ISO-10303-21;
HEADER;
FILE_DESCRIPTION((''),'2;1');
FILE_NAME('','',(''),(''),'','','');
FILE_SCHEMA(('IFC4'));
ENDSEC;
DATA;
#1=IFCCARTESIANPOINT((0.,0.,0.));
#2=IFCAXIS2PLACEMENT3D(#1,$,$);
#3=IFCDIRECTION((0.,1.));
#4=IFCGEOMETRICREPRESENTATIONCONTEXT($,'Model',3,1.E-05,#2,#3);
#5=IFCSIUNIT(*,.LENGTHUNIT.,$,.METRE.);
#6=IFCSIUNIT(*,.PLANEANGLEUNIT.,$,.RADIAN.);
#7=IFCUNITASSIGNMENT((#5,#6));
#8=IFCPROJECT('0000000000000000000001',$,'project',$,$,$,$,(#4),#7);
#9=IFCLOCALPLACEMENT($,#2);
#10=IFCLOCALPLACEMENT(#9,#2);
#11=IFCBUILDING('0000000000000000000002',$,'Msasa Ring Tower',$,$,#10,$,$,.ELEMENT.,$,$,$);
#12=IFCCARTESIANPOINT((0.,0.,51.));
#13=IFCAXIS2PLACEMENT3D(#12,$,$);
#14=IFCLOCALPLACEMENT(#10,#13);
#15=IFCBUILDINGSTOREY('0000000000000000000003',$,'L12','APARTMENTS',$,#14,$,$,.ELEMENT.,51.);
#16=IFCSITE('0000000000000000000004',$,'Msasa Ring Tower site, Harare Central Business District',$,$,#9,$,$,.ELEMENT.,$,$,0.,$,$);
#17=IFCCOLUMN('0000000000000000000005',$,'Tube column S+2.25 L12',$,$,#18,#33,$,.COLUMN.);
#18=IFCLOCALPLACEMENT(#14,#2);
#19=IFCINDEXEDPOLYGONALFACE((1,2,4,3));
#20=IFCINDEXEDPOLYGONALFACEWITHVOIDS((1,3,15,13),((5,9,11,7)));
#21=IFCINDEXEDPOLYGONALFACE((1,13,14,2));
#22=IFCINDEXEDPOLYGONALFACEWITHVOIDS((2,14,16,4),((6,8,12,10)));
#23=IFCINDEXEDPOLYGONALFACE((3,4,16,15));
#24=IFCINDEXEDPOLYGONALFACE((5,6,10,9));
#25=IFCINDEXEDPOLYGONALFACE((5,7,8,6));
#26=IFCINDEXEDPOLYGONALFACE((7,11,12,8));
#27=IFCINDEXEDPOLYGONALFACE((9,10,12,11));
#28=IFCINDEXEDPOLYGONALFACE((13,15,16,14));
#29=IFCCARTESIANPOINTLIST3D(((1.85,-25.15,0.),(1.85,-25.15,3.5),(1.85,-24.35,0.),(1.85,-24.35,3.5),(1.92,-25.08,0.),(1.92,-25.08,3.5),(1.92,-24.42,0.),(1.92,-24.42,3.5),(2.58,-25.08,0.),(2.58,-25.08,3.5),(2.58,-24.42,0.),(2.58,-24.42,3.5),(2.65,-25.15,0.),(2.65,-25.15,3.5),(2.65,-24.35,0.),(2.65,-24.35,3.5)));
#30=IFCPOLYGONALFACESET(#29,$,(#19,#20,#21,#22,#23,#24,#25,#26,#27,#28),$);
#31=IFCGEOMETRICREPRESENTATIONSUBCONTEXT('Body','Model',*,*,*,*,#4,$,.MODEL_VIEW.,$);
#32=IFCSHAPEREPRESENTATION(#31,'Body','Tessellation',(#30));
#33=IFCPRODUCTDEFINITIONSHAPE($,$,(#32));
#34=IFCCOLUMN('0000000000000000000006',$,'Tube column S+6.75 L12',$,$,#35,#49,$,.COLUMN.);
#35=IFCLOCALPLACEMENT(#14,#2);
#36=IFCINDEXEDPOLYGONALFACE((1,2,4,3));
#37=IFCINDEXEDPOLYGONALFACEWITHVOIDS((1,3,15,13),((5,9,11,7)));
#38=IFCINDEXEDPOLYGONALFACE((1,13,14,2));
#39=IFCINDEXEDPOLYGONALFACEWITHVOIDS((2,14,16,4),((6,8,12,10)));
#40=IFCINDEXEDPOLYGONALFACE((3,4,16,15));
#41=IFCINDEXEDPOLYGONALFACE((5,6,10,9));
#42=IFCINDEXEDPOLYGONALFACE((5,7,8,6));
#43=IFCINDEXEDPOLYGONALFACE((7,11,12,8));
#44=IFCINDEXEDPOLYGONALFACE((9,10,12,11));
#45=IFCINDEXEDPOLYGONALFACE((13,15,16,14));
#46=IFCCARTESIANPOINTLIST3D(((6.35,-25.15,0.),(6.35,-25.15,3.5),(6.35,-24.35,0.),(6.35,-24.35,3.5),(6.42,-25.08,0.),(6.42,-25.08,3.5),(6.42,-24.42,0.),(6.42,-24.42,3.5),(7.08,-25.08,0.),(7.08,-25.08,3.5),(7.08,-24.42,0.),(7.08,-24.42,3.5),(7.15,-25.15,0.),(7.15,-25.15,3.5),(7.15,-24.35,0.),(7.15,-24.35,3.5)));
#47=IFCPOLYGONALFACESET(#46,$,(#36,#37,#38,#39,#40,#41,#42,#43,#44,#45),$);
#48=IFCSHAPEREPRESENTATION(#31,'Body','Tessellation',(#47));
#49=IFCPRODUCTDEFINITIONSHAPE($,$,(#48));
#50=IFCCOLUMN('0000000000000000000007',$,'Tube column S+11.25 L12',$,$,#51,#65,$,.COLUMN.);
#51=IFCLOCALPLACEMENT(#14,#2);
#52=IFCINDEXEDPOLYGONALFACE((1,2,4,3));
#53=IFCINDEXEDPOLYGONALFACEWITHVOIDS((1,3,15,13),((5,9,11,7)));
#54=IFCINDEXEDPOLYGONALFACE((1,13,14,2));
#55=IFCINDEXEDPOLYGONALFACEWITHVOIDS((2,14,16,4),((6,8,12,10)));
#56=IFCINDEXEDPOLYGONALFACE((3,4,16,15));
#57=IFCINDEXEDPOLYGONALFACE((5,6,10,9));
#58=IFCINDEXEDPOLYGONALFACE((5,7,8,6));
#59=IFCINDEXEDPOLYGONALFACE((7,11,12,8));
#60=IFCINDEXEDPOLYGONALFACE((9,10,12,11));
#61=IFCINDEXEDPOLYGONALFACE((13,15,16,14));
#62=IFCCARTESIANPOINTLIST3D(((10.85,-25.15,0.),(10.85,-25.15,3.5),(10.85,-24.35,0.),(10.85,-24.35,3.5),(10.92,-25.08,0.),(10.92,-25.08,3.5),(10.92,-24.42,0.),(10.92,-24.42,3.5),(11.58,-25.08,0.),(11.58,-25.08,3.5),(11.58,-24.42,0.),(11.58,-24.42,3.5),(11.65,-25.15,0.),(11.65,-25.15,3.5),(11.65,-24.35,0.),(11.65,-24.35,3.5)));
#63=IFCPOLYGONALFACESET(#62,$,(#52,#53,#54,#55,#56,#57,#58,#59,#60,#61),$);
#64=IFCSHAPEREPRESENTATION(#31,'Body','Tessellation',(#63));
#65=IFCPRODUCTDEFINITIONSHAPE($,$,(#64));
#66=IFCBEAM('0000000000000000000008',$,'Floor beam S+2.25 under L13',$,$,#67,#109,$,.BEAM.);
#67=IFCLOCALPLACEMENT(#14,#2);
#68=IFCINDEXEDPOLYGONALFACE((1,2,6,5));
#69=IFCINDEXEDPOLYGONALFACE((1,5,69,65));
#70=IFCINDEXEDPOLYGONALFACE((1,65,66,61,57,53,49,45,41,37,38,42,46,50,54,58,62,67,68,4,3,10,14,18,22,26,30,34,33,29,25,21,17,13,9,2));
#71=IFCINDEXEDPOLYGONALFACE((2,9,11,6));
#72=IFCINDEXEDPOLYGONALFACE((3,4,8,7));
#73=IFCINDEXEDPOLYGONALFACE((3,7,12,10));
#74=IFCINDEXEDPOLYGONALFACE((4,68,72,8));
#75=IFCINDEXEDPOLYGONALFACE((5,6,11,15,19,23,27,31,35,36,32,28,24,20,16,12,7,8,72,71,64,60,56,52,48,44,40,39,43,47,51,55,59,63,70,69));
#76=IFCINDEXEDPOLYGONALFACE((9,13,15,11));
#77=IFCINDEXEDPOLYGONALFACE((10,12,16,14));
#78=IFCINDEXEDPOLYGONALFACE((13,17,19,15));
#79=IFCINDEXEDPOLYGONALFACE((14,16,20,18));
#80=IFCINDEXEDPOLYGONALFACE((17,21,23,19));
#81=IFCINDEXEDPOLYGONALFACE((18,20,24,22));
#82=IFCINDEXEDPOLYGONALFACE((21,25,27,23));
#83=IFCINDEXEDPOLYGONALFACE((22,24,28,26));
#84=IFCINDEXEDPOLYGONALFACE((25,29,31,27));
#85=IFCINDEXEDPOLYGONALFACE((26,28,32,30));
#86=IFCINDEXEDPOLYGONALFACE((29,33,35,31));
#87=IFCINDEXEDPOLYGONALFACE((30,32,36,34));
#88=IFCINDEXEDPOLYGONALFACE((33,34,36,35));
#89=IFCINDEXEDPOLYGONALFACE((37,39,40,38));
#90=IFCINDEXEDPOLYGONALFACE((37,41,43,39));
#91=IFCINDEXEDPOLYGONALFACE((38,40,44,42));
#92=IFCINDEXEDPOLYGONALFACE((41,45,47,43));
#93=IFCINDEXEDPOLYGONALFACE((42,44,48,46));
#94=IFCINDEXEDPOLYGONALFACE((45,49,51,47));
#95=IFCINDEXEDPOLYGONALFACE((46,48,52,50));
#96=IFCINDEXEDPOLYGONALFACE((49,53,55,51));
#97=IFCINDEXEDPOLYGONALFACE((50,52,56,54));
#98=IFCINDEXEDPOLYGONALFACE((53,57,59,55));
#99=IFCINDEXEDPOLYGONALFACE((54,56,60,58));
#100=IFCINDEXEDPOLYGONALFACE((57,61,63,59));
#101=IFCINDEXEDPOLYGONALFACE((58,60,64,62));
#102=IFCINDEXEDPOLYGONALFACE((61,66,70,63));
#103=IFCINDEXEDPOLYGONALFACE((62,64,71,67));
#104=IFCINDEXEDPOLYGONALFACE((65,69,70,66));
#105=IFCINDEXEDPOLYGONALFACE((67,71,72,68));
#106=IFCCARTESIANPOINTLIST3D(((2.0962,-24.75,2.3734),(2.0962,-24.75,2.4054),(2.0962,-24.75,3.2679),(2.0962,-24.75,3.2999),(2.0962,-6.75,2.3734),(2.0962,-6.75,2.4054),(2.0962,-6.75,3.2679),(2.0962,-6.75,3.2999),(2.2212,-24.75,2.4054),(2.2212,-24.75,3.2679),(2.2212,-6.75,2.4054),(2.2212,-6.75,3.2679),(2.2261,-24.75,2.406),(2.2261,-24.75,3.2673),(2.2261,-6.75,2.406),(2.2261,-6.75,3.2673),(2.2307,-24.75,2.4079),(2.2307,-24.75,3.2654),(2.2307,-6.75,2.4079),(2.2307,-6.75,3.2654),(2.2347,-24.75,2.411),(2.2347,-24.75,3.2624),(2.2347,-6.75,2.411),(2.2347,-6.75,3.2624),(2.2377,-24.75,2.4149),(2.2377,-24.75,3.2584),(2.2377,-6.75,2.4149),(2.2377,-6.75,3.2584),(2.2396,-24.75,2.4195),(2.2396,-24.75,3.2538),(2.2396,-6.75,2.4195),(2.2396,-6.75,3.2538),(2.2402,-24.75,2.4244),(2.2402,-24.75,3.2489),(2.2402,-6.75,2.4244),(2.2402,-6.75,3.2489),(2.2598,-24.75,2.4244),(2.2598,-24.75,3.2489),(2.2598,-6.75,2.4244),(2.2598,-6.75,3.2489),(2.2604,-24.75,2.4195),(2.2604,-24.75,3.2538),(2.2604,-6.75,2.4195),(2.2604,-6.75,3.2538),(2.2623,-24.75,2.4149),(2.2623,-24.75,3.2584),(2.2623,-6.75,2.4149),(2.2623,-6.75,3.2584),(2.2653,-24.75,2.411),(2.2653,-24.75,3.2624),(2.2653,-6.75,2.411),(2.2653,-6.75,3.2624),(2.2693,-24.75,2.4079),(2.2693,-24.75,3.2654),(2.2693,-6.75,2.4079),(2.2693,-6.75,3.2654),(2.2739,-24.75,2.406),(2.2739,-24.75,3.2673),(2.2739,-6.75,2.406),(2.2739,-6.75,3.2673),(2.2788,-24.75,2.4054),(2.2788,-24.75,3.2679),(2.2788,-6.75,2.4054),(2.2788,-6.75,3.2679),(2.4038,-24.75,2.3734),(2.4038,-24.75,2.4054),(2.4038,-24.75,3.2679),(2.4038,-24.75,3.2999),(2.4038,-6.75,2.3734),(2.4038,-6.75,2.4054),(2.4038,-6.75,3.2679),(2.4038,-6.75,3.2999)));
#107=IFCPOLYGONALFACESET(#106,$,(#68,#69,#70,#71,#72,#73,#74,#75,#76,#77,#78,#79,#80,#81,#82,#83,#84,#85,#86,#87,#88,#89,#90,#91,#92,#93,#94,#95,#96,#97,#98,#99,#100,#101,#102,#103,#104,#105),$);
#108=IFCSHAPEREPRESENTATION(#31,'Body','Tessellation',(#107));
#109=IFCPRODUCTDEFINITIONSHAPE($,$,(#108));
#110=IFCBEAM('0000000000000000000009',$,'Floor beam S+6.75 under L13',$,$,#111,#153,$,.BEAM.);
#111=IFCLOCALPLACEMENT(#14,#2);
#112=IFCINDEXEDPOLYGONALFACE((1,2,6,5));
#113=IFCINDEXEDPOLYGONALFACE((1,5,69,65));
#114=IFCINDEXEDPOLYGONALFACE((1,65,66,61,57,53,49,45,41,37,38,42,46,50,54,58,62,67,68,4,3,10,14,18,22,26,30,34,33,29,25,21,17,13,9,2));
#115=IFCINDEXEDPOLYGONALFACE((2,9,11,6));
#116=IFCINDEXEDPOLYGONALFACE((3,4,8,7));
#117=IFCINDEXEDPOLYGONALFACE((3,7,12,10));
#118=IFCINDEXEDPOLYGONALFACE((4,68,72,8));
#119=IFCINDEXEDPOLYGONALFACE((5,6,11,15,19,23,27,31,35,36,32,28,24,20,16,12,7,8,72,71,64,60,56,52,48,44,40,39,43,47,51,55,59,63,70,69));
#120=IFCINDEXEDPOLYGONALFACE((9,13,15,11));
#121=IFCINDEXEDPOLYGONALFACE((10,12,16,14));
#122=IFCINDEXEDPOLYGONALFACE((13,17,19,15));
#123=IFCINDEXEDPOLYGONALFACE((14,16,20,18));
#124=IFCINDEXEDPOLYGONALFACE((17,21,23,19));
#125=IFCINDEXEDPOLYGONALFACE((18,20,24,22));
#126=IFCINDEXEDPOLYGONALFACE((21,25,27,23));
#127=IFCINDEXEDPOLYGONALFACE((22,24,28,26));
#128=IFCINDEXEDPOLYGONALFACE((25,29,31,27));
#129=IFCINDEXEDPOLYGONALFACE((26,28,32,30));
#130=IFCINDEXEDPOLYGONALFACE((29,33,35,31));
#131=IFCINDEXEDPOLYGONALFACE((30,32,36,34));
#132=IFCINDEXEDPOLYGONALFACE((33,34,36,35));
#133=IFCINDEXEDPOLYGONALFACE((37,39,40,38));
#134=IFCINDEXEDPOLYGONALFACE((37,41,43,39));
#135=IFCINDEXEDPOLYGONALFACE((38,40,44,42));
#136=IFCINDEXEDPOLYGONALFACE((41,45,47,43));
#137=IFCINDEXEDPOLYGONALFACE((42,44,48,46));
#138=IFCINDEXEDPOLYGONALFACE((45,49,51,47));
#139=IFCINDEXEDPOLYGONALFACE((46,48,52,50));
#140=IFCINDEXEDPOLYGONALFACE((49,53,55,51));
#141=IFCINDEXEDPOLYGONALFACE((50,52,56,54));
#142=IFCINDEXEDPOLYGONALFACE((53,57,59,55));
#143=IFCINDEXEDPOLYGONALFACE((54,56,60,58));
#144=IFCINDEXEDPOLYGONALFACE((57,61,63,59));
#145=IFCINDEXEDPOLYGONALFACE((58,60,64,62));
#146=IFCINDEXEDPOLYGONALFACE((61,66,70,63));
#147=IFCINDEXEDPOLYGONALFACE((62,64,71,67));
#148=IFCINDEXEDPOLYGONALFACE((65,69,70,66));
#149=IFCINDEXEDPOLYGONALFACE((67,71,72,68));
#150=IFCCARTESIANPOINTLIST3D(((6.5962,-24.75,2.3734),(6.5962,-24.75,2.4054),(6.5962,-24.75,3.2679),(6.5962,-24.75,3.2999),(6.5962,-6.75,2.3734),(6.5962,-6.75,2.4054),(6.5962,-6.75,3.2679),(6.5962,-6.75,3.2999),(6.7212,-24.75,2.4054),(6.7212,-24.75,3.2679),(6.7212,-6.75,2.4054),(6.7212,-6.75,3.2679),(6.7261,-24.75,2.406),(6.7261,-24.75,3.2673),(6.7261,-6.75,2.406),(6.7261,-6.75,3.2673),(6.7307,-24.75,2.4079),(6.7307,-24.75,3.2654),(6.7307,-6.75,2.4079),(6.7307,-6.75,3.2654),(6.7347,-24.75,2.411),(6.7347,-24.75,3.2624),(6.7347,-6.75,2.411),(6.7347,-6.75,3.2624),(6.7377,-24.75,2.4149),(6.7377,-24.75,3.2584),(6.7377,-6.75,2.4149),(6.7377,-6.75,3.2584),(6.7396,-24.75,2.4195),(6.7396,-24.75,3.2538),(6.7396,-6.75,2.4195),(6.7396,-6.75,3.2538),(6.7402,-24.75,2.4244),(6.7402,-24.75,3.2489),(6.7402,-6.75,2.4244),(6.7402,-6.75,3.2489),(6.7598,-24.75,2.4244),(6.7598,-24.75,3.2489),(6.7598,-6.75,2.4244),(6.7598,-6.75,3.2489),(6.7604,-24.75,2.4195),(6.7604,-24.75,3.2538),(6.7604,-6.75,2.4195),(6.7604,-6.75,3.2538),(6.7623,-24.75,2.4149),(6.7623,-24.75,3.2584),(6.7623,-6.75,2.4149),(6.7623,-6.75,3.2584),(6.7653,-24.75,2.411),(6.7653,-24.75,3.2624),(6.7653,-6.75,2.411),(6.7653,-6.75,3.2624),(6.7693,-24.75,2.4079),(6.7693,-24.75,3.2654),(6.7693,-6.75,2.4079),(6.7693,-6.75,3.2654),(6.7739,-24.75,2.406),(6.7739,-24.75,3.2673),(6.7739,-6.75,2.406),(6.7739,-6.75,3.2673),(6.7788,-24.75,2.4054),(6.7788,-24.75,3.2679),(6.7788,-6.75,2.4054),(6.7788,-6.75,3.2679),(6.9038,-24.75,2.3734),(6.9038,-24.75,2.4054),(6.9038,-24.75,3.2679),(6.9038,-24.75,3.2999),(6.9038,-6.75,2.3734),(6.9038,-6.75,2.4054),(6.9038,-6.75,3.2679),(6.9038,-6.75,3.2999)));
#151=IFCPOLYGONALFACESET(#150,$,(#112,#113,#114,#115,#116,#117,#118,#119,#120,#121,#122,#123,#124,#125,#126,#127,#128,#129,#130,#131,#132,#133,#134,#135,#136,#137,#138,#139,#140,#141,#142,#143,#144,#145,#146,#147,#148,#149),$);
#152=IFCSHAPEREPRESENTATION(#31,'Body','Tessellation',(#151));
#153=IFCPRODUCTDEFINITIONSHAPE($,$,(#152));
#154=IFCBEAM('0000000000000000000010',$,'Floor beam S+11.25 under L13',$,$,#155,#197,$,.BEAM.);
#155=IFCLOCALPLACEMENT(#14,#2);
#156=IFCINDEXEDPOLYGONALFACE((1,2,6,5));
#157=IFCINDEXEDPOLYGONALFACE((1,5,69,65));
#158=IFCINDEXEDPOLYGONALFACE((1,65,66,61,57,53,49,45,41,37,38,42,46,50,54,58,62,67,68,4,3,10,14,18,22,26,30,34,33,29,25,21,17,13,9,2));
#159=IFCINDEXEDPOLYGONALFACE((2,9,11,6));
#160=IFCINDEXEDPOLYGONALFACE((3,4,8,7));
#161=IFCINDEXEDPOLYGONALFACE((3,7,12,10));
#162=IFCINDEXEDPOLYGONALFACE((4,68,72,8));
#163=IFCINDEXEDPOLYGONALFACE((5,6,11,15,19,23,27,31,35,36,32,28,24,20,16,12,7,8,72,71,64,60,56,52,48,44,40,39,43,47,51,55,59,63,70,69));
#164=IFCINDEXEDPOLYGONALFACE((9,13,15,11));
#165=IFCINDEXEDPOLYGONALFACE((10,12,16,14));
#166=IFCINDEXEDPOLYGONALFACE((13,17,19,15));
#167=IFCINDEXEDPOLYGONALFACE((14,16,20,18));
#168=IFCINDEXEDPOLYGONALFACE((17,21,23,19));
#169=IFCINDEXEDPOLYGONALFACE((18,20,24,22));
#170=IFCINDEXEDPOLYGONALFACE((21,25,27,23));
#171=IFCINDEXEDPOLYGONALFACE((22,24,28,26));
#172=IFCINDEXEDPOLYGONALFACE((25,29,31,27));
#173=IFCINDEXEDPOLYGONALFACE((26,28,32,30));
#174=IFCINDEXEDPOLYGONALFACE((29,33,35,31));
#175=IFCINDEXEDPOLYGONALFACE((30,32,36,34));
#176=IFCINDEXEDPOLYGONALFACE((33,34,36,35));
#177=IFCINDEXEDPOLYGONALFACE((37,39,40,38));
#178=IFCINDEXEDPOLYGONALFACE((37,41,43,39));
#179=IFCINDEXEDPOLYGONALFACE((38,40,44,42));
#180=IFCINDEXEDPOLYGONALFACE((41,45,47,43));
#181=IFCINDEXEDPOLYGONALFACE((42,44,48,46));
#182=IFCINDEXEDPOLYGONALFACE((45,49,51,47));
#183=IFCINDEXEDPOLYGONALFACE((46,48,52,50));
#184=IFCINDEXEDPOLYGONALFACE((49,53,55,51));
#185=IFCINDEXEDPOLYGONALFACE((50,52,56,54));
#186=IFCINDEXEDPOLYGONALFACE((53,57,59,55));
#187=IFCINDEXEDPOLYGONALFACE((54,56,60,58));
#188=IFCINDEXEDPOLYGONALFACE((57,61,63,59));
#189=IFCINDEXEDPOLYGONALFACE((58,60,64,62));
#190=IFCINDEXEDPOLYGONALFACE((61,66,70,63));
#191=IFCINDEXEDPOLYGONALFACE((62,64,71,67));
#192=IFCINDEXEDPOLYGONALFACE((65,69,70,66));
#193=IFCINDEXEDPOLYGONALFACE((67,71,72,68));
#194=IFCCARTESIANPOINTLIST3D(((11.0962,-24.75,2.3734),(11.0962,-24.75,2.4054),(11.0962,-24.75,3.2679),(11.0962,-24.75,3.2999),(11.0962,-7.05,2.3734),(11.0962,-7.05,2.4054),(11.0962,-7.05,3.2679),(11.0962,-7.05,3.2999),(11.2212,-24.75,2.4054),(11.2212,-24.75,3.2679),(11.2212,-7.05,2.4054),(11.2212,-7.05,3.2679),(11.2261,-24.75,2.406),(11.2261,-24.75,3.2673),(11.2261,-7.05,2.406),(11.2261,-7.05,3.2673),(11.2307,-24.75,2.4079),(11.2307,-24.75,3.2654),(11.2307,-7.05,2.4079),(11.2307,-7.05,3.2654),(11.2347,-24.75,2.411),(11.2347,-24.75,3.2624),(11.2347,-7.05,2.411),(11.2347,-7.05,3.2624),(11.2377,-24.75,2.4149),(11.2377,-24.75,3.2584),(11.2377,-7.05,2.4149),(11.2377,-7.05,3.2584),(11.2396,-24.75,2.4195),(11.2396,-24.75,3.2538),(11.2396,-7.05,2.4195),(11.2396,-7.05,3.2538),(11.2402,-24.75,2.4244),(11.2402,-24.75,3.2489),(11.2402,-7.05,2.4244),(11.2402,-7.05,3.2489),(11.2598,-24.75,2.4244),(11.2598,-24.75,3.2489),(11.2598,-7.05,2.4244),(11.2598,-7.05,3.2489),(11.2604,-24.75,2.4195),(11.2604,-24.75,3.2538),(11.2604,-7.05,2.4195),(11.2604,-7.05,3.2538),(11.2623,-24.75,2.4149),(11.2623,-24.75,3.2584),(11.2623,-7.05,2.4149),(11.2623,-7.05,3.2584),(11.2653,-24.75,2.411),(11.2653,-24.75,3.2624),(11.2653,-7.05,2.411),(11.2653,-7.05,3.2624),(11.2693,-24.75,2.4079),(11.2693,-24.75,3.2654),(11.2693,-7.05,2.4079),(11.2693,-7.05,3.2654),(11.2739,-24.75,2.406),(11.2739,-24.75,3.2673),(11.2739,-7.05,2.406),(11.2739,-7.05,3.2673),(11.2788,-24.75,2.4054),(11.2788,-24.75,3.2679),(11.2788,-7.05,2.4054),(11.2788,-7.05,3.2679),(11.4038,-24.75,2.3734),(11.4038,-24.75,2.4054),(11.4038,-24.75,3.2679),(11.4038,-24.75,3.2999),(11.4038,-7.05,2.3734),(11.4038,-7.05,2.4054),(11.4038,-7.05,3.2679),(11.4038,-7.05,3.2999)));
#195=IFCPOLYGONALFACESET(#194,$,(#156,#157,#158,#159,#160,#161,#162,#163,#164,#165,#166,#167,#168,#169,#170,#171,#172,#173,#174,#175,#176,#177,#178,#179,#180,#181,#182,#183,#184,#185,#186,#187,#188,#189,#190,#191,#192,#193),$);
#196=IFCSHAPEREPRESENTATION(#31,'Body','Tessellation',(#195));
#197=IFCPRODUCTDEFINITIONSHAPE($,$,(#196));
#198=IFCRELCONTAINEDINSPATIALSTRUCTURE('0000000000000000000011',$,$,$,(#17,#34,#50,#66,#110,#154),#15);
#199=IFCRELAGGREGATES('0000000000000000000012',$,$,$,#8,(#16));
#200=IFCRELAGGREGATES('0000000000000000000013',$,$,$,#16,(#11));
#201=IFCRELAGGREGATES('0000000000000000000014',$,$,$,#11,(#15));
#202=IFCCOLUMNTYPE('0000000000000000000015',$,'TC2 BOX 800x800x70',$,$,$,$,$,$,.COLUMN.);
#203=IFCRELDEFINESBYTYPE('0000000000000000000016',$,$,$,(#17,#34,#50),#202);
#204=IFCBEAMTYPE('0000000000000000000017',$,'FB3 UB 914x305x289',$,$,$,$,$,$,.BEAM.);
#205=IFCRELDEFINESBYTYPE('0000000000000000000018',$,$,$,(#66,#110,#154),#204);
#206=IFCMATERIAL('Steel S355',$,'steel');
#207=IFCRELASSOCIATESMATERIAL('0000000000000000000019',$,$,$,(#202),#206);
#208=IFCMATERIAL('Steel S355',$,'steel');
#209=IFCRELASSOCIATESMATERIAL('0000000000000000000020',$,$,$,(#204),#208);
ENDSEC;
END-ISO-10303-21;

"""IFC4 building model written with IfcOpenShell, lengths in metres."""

from ifc_helpers import new_model, si_unit, direction, frame, origin, origin_2d, place, context, subcontext, project, spatial, hollow_rectangle, i_section, extrude, material, material_profile, profile_set, type_object, element, save


model = new_model("IFC4")

# Units and contexts
model_context = context("Model", 3, precision=1e-05, world=origin(), true_north=direction((0.0, 1.0)))
body_context = subcontext(model_context, "Body", "Model", "MODEL_VIEW")
ifc_project = project(units=[si_unit("LENGTHUNIT", "METRE"), si_unit("PLANEANGLEUNIT", "RADIAN")], contexts=[model_context])

# Site, building, storey
site_placement = place(None, origin())
site = spatial("IfcSite", under=ifc_project, at=site_placement, Name="Msasa Ring Tower site, Harare Central Business District", CompositionType="ELEMENT", RefElevation=0.0)
building_placement = place(site_placement, origin())
building = spatial("IfcBuilding", under=site, at=building_placement, Name="Msasa Ring Tower", CompositionType="ELEMENT")
storey_placement = place(building_placement, frame((0.0, 0.0, 51.0)))
storey = spatial("IfcBuildingStorey", under=building, at=storey_placement, Name="L12", Description="APARTMENTS", CompositionType="ELEMENT", Elevation=51.0)

# Columns
ifc_material_1 = material(Name="Steel S355", Category="steel")
ifc_material_profile_1 = material_profile(ifc_material_1, hollow_rectangle(XDim=0.8, YDim=0.8, WallThickness=0.0701, at=origin_2d()), Name="BOX 800x800x70")
ifc_profile_set_1 = profile_set([ifc_material_profile_1], Name="Steel S355")
column_type = type_object("IfcColumnType", Name="TC2 BOX 800x800x70", PredefinedType="COLUMN", material=ifc_profile_set_1)
for number, where, z_axis, x_axis, name in (
    (1, (2.25, -24.75, 0.0), (0.0, 0.0, 1.0), (0.0, 1.0, 0.0), "Tube column S+2.25 L12"),
    (2, (6.75, -24.75, 0.0), (0.0, 0.0, 1.0), (0.0, 1.0, 0.0), "Tube column S+6.75 L12"),
    (3, (11.25, -24.75, 0.0), (0.0, 0.0, 1.0), (0.0, 1.0, 0.0), "Tube column S+11.25 L12"),
):
    element("IfcColumn", number, at=place(storey_placement, frame(where, z_axis=z_axis, x_axis=x_axis)), inside=storey, type_object=column_type, Name=name, PredefinedType="COLUMN", context=body_context, shape_type="SweptSolid", body=[
        extrude(hollow_rectangle(XDim=0.8, YDim=0.8, WallThickness=0.0701, at=origin_2d()), origin(), (0.0, 0.0, 1.0), 3.5),
    ])

# Beams
ifc_material_2 = material(Name="Steel S355", Category="steel")
ifc_material_profile_2 = material_profile(ifc_material_2, i_section(OverallWidth=0.3076, OverallDepth=0.9265, WebThickness=0.0195, FlangeThickness=0.032, FilletRadius=0.019, at=origin_2d()), Name="UB 914x305x289")
ifc_profile_set_2 = profile_set([ifc_material_profile_2], Name="Steel S355")
beam_type_1 = type_object("IfcBeamType", Name="FB3 UB 914x305x289", PredefinedType="BEAM", material=ifc_profile_set_2)
for number, where, z_axis, x_axis, name in (
    (4, (2.25, -24.75, 2.8367), (0.0, 1.0, 0.0), (-1.0, 0.0, 0.0), "Floor beam S+2.25 under L13"),
    (5, (6.75, -24.75, 2.8367), (0.0, 1.0, 0.0), (-1.0, 0.0, 0.0), "Floor beam S+6.75 under L13"),
):
    element("IfcBeam", number, at=place(storey_placement, frame(where, z_axis=z_axis, x_axis=x_axis)), inside=storey, type_object=beam_type_1, Name=name, PredefinedType="BEAM", context=body_context, shape_type="SweptSolid", body=[
        extrude(i_section(OverallWidth=0.3076, OverallDepth=0.9265, WebThickness=0.0195, FlangeThickness=0.032, FilletRadius=0.019, at=origin_2d()), origin(), (0.0, 0.0, 1.0), 18.0),
    ])
beam_placement = place(storey_placement, frame((11.25, -24.75, 2.8367), z_axis=(0.0, 1.0, 0.0), x_axis=(-1.0, 0.0, 0.0)))
element("IfcBeam", 6, at=beam_placement, inside=storey, type_object=beam_type_1, Name="Floor beam S+11.25 under L13", PredefinedType="BEAM", context=body_context, shape_type="SweptSolid", body=[
    extrude(i_section(OverallWidth=0.3076, OverallDepth=0.9265, WebThickness=0.0195, FlangeThickness=0.032, FilletRadius=0.019, at=origin_2d()), origin(), (0.0, 0.0, 1.0), 17.7),
])

save(model, "model.ifc")
